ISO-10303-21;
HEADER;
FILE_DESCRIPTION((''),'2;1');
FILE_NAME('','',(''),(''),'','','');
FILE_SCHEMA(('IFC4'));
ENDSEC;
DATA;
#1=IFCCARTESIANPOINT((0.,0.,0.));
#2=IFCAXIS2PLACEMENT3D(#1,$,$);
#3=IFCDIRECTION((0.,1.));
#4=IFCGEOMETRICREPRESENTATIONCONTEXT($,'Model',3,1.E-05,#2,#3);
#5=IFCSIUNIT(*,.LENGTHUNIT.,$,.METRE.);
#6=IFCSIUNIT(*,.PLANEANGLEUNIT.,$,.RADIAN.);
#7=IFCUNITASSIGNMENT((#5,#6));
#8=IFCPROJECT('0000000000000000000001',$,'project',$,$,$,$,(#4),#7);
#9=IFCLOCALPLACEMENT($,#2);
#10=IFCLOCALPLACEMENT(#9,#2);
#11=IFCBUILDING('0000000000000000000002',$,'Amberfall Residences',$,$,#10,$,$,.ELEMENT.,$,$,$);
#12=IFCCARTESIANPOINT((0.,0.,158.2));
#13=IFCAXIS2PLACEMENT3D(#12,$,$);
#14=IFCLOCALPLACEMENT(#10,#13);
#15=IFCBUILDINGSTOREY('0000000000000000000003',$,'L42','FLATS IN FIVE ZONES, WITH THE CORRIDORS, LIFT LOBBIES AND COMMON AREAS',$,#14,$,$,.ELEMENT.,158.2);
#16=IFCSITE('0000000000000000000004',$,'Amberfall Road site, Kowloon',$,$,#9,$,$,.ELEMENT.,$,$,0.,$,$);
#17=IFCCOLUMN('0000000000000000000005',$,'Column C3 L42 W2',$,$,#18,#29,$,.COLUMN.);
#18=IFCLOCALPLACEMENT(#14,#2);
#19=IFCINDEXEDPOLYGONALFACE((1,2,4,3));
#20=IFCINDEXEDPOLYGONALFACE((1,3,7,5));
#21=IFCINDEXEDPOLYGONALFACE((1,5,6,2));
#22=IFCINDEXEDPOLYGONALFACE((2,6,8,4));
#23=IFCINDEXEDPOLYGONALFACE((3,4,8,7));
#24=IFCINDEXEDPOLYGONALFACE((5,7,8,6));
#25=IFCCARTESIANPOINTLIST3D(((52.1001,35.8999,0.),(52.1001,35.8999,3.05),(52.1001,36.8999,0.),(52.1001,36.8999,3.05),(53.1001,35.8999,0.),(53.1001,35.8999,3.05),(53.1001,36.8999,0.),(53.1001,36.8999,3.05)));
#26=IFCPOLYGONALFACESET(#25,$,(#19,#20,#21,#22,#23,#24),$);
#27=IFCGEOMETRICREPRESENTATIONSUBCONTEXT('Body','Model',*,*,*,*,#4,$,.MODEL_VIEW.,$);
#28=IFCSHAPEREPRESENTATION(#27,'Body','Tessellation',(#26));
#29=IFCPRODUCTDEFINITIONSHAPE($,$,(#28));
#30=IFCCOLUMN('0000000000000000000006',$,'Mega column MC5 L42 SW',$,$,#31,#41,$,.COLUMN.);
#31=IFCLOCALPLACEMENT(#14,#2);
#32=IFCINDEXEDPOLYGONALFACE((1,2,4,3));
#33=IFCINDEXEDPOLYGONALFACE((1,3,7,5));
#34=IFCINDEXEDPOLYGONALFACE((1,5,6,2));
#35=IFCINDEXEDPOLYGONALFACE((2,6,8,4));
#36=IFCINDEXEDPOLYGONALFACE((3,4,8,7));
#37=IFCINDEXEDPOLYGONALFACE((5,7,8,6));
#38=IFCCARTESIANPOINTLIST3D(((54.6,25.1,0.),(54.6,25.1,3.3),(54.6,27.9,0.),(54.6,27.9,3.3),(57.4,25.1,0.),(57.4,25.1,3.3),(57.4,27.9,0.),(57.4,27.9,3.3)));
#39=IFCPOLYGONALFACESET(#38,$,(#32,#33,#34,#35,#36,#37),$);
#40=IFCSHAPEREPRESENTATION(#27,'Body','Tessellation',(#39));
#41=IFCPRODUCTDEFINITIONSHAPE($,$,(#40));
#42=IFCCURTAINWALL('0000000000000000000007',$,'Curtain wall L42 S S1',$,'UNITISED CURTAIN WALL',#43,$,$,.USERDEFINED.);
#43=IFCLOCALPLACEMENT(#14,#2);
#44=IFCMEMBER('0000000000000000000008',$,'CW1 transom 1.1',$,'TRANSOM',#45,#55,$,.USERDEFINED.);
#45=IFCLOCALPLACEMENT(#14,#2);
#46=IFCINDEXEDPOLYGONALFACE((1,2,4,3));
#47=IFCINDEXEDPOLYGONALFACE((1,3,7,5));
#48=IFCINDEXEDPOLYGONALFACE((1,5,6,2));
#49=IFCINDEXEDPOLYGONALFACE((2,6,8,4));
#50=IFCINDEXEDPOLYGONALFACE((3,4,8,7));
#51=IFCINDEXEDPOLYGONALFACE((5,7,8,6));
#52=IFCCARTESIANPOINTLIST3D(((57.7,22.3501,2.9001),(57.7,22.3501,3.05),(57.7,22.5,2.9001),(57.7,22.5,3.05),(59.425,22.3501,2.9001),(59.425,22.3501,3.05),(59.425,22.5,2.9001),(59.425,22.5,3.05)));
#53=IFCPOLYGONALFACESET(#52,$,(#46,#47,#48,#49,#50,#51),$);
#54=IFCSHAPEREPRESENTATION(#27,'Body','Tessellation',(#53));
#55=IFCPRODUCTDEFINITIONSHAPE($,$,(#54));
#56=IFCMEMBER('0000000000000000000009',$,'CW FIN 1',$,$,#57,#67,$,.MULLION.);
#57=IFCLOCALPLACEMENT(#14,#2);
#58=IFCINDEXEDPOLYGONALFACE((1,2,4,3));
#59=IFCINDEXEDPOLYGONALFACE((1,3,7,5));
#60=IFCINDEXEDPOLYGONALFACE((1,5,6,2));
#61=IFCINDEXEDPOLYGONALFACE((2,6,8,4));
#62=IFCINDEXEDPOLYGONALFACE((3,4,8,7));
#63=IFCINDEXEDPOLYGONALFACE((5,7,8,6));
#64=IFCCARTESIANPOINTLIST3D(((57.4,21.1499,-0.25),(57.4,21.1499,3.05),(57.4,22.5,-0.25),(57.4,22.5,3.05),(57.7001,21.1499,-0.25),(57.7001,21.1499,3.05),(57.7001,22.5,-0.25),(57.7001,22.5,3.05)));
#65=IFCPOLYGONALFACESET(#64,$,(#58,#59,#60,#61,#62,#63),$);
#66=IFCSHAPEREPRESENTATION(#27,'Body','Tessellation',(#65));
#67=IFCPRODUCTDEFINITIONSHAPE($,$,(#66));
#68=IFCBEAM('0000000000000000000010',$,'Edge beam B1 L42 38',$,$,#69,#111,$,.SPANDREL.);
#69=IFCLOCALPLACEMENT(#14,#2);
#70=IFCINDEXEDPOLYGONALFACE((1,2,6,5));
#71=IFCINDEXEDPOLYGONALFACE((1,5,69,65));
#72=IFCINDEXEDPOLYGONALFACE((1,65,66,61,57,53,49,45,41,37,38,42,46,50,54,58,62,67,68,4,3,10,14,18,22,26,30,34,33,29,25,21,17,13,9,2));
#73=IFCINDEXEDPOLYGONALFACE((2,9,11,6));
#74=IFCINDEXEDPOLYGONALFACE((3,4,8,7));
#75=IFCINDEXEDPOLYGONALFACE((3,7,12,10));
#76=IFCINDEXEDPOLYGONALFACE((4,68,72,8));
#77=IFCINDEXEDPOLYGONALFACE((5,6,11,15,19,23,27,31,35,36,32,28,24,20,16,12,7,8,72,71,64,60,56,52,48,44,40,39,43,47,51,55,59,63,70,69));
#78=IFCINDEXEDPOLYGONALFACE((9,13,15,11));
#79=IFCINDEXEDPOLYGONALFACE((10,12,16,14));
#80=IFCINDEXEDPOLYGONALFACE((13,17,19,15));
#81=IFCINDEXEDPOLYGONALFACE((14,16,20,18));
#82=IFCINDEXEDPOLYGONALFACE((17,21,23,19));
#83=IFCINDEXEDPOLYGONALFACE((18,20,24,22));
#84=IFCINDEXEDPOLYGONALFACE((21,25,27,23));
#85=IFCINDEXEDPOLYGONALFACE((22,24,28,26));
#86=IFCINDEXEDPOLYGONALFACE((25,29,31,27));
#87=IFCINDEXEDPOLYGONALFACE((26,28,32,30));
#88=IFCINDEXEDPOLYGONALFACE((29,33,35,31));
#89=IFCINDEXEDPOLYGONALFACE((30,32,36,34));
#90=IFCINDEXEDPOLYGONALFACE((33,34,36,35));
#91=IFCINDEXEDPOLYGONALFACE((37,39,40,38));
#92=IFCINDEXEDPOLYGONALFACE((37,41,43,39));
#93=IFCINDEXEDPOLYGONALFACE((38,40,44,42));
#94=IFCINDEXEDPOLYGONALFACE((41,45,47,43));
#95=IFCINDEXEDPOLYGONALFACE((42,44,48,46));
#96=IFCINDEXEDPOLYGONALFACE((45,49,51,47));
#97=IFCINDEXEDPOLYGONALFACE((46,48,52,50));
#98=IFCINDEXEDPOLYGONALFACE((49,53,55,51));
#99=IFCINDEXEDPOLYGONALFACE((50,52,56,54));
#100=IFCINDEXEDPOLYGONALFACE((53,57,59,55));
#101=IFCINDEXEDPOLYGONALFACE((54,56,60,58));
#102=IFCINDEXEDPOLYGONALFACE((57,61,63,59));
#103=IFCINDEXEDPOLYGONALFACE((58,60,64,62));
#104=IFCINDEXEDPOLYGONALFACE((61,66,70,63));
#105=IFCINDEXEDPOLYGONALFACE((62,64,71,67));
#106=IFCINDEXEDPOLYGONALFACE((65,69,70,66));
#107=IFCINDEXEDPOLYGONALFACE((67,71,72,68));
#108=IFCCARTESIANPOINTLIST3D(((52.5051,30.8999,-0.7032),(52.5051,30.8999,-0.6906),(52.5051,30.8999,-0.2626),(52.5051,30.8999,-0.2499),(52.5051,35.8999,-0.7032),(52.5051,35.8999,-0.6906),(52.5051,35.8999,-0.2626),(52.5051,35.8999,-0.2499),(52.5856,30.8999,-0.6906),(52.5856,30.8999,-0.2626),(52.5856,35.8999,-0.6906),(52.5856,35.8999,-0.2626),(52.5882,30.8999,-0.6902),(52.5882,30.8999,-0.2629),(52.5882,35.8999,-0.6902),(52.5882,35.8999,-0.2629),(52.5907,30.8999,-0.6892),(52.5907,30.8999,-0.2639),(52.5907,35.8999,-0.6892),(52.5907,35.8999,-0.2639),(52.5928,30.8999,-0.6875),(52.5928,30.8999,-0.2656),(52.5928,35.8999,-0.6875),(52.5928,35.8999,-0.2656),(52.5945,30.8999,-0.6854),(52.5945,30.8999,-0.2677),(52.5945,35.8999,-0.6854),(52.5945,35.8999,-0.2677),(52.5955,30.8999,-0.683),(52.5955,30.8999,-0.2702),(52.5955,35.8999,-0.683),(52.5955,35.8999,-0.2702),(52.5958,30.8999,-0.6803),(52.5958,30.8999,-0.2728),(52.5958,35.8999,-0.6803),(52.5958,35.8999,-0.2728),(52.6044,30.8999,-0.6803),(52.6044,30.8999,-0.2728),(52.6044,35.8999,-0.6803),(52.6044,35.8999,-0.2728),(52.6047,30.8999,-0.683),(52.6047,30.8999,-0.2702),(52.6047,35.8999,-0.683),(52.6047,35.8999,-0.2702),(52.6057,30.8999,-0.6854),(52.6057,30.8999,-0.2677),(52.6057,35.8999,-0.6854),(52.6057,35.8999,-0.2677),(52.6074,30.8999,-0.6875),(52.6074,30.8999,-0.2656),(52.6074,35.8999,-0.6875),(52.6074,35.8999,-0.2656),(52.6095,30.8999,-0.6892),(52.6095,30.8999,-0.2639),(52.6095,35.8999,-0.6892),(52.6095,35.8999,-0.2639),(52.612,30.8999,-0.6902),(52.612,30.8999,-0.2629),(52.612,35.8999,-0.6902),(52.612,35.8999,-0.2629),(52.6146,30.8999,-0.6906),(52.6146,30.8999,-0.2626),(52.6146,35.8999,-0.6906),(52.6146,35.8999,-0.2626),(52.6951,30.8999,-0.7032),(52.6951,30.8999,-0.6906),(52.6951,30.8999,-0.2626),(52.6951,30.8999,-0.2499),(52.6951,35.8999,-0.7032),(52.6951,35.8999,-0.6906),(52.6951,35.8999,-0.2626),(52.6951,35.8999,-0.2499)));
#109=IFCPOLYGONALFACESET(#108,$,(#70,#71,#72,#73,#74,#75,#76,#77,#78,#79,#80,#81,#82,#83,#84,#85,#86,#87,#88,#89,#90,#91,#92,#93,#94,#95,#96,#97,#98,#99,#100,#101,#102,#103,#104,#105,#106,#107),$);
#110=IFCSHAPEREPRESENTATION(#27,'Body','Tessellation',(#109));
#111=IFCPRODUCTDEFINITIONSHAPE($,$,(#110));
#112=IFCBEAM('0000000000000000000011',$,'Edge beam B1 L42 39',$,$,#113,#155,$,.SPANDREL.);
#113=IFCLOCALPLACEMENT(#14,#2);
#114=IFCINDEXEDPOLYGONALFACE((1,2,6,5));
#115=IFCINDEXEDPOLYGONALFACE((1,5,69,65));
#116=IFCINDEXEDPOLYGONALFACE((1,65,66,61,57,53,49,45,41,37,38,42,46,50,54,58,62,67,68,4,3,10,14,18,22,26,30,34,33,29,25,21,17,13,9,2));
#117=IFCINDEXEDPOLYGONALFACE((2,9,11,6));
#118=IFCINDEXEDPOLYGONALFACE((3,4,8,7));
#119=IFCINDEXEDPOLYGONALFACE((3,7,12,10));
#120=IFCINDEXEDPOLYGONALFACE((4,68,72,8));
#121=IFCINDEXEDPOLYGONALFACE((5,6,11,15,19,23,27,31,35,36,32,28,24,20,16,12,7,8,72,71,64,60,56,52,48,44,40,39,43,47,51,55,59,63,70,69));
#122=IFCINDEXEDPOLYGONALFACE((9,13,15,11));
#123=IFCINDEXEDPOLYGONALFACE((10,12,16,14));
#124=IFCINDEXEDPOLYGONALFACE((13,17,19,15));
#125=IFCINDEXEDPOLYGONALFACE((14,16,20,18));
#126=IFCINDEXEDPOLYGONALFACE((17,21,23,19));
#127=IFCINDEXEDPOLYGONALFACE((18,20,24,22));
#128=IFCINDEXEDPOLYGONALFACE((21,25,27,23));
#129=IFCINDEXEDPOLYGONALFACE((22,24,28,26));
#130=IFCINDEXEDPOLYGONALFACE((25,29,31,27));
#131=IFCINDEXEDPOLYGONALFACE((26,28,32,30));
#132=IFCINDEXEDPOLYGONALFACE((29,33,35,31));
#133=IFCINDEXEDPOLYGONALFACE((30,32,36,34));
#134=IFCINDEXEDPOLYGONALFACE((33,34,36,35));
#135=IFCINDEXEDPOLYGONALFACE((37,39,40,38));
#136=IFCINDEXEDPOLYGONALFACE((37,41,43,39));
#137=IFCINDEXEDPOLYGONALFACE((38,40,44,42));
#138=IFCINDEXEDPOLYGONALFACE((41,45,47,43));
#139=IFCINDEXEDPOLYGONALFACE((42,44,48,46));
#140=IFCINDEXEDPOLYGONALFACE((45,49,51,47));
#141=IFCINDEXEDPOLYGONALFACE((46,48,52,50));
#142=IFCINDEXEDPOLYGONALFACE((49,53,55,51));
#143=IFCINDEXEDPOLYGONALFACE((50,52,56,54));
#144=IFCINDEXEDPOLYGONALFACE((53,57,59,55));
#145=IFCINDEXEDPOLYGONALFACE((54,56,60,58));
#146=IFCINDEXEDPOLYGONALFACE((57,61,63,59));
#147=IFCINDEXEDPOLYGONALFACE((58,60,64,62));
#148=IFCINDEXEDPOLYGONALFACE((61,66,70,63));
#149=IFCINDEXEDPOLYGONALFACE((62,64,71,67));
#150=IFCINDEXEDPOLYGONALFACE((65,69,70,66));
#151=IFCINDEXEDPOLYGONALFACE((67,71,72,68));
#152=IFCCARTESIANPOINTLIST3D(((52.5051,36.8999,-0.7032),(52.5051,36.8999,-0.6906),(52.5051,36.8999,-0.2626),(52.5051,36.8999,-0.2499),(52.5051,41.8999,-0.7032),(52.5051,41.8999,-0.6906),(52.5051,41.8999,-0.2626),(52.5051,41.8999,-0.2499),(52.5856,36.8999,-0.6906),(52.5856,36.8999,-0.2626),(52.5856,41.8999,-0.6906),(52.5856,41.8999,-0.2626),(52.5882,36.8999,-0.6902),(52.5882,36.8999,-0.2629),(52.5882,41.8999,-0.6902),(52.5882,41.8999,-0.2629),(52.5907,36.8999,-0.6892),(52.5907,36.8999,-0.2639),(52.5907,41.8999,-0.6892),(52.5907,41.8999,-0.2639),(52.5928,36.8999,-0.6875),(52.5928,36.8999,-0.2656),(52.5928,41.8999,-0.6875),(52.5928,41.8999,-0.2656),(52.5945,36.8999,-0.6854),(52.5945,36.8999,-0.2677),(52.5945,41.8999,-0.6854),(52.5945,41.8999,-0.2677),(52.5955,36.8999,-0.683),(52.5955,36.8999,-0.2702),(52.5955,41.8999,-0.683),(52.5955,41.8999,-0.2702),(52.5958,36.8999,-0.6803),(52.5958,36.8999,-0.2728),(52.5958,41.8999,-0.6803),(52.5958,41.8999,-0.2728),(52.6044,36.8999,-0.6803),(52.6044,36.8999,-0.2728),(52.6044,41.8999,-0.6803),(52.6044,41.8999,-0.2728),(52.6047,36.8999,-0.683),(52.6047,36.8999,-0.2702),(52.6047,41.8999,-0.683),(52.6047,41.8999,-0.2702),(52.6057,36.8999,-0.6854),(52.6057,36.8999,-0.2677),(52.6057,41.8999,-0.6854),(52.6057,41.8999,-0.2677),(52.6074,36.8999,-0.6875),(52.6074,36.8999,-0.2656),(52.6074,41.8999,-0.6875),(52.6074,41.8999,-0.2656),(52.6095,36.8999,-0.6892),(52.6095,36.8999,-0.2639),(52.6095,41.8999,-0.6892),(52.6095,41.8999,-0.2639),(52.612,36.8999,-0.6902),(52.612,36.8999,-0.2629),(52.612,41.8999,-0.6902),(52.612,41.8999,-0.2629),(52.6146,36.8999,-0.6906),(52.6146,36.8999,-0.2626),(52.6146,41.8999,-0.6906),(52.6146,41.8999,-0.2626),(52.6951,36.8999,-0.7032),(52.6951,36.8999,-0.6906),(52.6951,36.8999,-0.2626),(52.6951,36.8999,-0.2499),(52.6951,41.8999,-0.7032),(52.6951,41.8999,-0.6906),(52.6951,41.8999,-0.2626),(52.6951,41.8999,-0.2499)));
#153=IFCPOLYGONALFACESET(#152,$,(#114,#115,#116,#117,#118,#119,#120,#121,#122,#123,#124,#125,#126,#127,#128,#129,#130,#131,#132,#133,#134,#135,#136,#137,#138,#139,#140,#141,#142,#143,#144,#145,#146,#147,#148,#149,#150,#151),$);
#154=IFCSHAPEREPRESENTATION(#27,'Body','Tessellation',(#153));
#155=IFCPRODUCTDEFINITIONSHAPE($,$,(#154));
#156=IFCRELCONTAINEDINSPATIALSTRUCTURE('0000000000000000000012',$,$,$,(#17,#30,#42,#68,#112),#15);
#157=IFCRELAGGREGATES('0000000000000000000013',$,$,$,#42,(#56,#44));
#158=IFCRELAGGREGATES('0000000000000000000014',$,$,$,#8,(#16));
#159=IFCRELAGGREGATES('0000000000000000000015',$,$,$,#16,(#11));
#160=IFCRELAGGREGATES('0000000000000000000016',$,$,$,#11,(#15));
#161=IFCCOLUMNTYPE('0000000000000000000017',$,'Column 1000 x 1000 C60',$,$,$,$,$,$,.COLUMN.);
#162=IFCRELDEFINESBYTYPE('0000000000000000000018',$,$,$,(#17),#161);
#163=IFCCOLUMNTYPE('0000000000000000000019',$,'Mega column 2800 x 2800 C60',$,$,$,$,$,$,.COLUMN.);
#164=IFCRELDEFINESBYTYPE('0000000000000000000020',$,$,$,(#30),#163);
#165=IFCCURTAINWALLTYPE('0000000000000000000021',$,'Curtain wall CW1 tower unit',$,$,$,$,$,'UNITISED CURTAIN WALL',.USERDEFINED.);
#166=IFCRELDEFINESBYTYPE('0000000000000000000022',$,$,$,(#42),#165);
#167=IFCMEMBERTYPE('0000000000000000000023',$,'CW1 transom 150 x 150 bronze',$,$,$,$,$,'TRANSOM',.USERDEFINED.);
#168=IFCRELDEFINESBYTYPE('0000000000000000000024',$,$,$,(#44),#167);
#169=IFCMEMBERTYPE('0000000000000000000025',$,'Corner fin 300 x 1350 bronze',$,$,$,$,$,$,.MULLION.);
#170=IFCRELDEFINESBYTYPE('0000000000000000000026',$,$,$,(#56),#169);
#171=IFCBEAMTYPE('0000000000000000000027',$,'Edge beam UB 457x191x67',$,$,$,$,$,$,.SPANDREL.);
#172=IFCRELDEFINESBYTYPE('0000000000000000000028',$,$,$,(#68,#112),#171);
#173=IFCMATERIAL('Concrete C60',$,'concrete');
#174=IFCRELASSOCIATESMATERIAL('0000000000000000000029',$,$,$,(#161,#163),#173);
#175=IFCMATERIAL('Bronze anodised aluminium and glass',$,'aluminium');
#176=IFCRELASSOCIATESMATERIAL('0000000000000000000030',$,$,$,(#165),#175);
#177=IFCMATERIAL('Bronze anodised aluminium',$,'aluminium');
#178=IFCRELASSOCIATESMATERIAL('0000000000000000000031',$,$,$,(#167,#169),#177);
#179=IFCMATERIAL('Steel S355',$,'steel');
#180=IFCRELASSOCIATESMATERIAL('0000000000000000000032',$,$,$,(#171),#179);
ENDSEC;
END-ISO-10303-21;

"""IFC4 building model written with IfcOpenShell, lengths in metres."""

from ifc_helpers import new_model, si_unit, direction, frame, origin, origin_2d, place, context, subcontext, project, spatial, rectangle, i_section, extrude, material, material_profile, profile_set, type_object, element, aggregate, save


model = new_model("IFC4")

# Units and contexts
model_context = context("Model", 3, precision=1e-05, world=origin(), true_north=direction((0.0, 1.0)))
body_context = subcontext(model_context, "Body", "Model", "MODEL_VIEW")
ifc_project = project(units=[si_unit("LENGTHUNIT", "METRE"), si_unit("PLANEANGLEUNIT", "RADIAN")], contexts=[model_context])

# Site, building, storey
site_placement = place(None, origin())
site = spatial("IfcSite", under=ifc_project, at=site_placement, Name="Amberfall Road site, Kowloon", CompositionType="ELEMENT", RefElevation=0.0)
building_placement = place(site_placement, origin())
building = spatial("IfcBuilding", under=site, at=building_placement, Name="Amberfall Residences", CompositionType="ELEMENT")
storey_placement = place(building_placement, frame((0.0, 0.0, 158.2)))
storey = spatial("IfcBuildingStorey", under=building, at=storey_placement, Name="L42", Description="FLATS IN FIVE ZONES, WITH THE CORRIDORS, LIFT LOBBIES AND COMMON AREAS", CompositionType="ELEMENT", Elevation=158.2)

# Columns
ifc_material_1 = material(Name="Concrete C60", Category="concrete")
ifc_material_profile_1 = material_profile(ifc_material_1, rectangle(XDim=1.0, YDim=1.0, at=origin_2d()), Name="Column 1000 x 1000 C60")
ifc_profile_set_1 = profile_set([ifc_material_profile_1], Name="Concrete C60")
column_type_1 = type_object("IfcColumnType", Name="Column 1000 x 1000 C60", PredefinedType="COLUMN", material=ifc_profile_set_1)
column_1_placement = place(storey_placement, frame((52.6001, 36.3999, 0.0), z_axis=(0.0, 0.0, 1.0), x_axis=(1.0, 0.0, 0.0)))
element("IfcColumn", 1, at=column_1_placement, inside=storey, type_object=column_type_1, Name="Column C3 L42 W2", PredefinedType="COLUMN", context=body_context, shape_type="SweptSolid", body=[
    extrude(rectangle(XDim=1.0, YDim=1.0, at=origin_2d()), origin(), (0.0, 0.0, 1.0), 3.05),
])
ifc_material_profile_2 = material_profile(ifc_material_1, rectangle(XDim=2.8, YDim=2.8, at=origin_2d()), Name="Mega column 2800 x 2800 C60")
ifc_profile_set_2 = profile_set([ifc_material_profile_2], Name="Concrete C60")
column_type_2 = type_object("IfcColumnType", Name="Mega column 2800 x 2800 C60", PredefinedType="COLUMN", material=ifc_profile_set_2)
column_2_placement = place(storey_placement, frame((56.0, 26.5, 0.0), z_axis=(0.0, 0.0, 1.0), x_axis=(1.0, 0.0, 0.0)))
element("IfcColumn", 2, at=column_2_placement, inside=storey, type_object=column_type_2, Name="Mega column MC5 L42 SW", PredefinedType="COLUMN", context=body_context, shape_type="SweptSolid", body=[
    extrude(rectangle(XDim=2.8, YDim=2.8, at=origin_2d()), origin(), (0.0, 0.0, 1.0), 3.3),
])

# Curtain wall, members
ifc_material_2 = material(Name="Bronze anodised aluminium and glass", Category="aluminium")
curtain_wall_type = type_object("IfcCurtainWallType", Name="Curtain wall CW1 tower unit", ElementType="UNITISED CURTAIN WALL", PredefinedType="USERDEFINED", material=ifc_material_2)
curtain_wall_placement = place(storey_placement, origin())
curtain_wall = element("IfcCurtainWall", 3, at=curtain_wall_placement, inside=storey, type_object=curtain_wall_type, Name="Curtain wall L42 S S1", ObjectType="UNITISED CURTAIN WALL", PredefinedType="USERDEFINED")
ifc_material_3 = material(Name="Bronze anodised aluminium", Category="aluminium")
ifc_material_profile_3 = material_profile(ifc_material_3, rectangle(XDim=0.1499, YDim=0.1499, at=origin_2d()), Name="CW1 transom 150 x 150 bronze")
ifc_profile_set_3 = profile_set([ifc_material_profile_3], Name="Bronze anodised aluminium")
member_type_1 = type_object("IfcMemberType", Name="CW1 transom 150 x 150 bronze", ElementType="TRANSOM", PredefinedType="USERDEFINED", material=ifc_profile_set_3)
member_1_placement = place(storey_placement, frame((57.7, 22.425, 2.9751), z_axis=(1.0, 0.0, 0.0), x_axis=(0.0, 1.0, 0.0)))
member_1 = element("IfcMember", 4, at=member_1_placement, type_object=member_type_1, Name="CW1 transom 1.1", ObjectType="TRANSOM", PredefinedType="USERDEFINED", context=body_context, shape_type="SweptSolid", body=[
    extrude(rectangle(XDim=0.1499, YDim=0.1499, at=origin_2d()), origin(), (0.0, 0.0, 1.0), 1.7251),
])
ifc_material_profile_4 = material_profile(ifc_material_3, rectangle(XDim=1.3501, YDim=0.3, at=origin_2d()), Name="Corner fin 300 x 1350 bronze")
ifc_profile_set_4 = profile_set([ifc_material_profile_4], Name="Bronze anodised aluminium")
member_type_2 = type_object("IfcMemberType", Name="Corner fin 300 x 1350 bronze", PredefinedType="MULLION", material=ifc_profile_set_4)
member_2_placement = place(storey_placement, frame((57.55, 21.825, -0.25), z_axis=(0.0, 0.0, 1.0), x_axis=(0.0, 1.0, 0.0)))
member_2 = element("IfcMember", 5, at=member_2_placement, type_object=member_type_2, Name="CW FIN 1", PredefinedType="MULLION", context=body_context, shape_type="SweptSolid", body=[
    extrude(rectangle(XDim=1.3501, YDim=0.3, at=origin_2d()), origin(), (0.0, 0.0, 1.0), 3.3),
])

# Beams
ifc_material_4 = material(Name="Steel S355", Category="steel")
ifc_material_profile_5 = material_profile(ifc_material_4, i_section(OverallWidth=0.1899, OverallDepth=0.4534, WebThickness=0.0085, FlangeThickness=0.0127, FilletRadius=0.0103, at=origin_2d()), Name="UB 457x191x67")
ifc_profile_set_5 = profile_set([ifc_material_profile_5], Name="Steel S355")
beam_type_1 = type_object("IfcBeamType", Name="Edge beam UB 457x191x67", PredefinedType="SPANDREL", material=ifc_profile_set_5)
for number, where, z_axis, x_axis, name in (
    (6, (52.6001, 30.8999, -0.4766), (0.0, 1.0, 0.0), (-1.0, 0.0, 0.0), "Edge beam B1 L42 38"),
    (7, (52.6001, 36.8999, -0.4766), (0.0, 1.0, 0.0), (-1.0, 0.0, 0.0), "Edge beam B1 L42 39"),
):
    element("IfcBeam", number, at=place(storey_placement, frame(where, z_axis=z_axis, x_axis=x_axis)), inside=storey, type_object=beam_type_1, Name=name, PredefinedType="SPANDREL", context=body_context, shape_type="SweptSolid", body=[
        extrude(i_section(OverallWidth=0.1899, OverallDepth=0.4534, WebThickness=0.0085, FlangeThickness=0.0127, FilletRadius=0.0103, at=origin_2d()), origin(), (0.0, 0.0, 1.0), 5.0),
    ])

aggregate(curtain_wall, [member_2, member_1])

save(model, "model.ifc")
